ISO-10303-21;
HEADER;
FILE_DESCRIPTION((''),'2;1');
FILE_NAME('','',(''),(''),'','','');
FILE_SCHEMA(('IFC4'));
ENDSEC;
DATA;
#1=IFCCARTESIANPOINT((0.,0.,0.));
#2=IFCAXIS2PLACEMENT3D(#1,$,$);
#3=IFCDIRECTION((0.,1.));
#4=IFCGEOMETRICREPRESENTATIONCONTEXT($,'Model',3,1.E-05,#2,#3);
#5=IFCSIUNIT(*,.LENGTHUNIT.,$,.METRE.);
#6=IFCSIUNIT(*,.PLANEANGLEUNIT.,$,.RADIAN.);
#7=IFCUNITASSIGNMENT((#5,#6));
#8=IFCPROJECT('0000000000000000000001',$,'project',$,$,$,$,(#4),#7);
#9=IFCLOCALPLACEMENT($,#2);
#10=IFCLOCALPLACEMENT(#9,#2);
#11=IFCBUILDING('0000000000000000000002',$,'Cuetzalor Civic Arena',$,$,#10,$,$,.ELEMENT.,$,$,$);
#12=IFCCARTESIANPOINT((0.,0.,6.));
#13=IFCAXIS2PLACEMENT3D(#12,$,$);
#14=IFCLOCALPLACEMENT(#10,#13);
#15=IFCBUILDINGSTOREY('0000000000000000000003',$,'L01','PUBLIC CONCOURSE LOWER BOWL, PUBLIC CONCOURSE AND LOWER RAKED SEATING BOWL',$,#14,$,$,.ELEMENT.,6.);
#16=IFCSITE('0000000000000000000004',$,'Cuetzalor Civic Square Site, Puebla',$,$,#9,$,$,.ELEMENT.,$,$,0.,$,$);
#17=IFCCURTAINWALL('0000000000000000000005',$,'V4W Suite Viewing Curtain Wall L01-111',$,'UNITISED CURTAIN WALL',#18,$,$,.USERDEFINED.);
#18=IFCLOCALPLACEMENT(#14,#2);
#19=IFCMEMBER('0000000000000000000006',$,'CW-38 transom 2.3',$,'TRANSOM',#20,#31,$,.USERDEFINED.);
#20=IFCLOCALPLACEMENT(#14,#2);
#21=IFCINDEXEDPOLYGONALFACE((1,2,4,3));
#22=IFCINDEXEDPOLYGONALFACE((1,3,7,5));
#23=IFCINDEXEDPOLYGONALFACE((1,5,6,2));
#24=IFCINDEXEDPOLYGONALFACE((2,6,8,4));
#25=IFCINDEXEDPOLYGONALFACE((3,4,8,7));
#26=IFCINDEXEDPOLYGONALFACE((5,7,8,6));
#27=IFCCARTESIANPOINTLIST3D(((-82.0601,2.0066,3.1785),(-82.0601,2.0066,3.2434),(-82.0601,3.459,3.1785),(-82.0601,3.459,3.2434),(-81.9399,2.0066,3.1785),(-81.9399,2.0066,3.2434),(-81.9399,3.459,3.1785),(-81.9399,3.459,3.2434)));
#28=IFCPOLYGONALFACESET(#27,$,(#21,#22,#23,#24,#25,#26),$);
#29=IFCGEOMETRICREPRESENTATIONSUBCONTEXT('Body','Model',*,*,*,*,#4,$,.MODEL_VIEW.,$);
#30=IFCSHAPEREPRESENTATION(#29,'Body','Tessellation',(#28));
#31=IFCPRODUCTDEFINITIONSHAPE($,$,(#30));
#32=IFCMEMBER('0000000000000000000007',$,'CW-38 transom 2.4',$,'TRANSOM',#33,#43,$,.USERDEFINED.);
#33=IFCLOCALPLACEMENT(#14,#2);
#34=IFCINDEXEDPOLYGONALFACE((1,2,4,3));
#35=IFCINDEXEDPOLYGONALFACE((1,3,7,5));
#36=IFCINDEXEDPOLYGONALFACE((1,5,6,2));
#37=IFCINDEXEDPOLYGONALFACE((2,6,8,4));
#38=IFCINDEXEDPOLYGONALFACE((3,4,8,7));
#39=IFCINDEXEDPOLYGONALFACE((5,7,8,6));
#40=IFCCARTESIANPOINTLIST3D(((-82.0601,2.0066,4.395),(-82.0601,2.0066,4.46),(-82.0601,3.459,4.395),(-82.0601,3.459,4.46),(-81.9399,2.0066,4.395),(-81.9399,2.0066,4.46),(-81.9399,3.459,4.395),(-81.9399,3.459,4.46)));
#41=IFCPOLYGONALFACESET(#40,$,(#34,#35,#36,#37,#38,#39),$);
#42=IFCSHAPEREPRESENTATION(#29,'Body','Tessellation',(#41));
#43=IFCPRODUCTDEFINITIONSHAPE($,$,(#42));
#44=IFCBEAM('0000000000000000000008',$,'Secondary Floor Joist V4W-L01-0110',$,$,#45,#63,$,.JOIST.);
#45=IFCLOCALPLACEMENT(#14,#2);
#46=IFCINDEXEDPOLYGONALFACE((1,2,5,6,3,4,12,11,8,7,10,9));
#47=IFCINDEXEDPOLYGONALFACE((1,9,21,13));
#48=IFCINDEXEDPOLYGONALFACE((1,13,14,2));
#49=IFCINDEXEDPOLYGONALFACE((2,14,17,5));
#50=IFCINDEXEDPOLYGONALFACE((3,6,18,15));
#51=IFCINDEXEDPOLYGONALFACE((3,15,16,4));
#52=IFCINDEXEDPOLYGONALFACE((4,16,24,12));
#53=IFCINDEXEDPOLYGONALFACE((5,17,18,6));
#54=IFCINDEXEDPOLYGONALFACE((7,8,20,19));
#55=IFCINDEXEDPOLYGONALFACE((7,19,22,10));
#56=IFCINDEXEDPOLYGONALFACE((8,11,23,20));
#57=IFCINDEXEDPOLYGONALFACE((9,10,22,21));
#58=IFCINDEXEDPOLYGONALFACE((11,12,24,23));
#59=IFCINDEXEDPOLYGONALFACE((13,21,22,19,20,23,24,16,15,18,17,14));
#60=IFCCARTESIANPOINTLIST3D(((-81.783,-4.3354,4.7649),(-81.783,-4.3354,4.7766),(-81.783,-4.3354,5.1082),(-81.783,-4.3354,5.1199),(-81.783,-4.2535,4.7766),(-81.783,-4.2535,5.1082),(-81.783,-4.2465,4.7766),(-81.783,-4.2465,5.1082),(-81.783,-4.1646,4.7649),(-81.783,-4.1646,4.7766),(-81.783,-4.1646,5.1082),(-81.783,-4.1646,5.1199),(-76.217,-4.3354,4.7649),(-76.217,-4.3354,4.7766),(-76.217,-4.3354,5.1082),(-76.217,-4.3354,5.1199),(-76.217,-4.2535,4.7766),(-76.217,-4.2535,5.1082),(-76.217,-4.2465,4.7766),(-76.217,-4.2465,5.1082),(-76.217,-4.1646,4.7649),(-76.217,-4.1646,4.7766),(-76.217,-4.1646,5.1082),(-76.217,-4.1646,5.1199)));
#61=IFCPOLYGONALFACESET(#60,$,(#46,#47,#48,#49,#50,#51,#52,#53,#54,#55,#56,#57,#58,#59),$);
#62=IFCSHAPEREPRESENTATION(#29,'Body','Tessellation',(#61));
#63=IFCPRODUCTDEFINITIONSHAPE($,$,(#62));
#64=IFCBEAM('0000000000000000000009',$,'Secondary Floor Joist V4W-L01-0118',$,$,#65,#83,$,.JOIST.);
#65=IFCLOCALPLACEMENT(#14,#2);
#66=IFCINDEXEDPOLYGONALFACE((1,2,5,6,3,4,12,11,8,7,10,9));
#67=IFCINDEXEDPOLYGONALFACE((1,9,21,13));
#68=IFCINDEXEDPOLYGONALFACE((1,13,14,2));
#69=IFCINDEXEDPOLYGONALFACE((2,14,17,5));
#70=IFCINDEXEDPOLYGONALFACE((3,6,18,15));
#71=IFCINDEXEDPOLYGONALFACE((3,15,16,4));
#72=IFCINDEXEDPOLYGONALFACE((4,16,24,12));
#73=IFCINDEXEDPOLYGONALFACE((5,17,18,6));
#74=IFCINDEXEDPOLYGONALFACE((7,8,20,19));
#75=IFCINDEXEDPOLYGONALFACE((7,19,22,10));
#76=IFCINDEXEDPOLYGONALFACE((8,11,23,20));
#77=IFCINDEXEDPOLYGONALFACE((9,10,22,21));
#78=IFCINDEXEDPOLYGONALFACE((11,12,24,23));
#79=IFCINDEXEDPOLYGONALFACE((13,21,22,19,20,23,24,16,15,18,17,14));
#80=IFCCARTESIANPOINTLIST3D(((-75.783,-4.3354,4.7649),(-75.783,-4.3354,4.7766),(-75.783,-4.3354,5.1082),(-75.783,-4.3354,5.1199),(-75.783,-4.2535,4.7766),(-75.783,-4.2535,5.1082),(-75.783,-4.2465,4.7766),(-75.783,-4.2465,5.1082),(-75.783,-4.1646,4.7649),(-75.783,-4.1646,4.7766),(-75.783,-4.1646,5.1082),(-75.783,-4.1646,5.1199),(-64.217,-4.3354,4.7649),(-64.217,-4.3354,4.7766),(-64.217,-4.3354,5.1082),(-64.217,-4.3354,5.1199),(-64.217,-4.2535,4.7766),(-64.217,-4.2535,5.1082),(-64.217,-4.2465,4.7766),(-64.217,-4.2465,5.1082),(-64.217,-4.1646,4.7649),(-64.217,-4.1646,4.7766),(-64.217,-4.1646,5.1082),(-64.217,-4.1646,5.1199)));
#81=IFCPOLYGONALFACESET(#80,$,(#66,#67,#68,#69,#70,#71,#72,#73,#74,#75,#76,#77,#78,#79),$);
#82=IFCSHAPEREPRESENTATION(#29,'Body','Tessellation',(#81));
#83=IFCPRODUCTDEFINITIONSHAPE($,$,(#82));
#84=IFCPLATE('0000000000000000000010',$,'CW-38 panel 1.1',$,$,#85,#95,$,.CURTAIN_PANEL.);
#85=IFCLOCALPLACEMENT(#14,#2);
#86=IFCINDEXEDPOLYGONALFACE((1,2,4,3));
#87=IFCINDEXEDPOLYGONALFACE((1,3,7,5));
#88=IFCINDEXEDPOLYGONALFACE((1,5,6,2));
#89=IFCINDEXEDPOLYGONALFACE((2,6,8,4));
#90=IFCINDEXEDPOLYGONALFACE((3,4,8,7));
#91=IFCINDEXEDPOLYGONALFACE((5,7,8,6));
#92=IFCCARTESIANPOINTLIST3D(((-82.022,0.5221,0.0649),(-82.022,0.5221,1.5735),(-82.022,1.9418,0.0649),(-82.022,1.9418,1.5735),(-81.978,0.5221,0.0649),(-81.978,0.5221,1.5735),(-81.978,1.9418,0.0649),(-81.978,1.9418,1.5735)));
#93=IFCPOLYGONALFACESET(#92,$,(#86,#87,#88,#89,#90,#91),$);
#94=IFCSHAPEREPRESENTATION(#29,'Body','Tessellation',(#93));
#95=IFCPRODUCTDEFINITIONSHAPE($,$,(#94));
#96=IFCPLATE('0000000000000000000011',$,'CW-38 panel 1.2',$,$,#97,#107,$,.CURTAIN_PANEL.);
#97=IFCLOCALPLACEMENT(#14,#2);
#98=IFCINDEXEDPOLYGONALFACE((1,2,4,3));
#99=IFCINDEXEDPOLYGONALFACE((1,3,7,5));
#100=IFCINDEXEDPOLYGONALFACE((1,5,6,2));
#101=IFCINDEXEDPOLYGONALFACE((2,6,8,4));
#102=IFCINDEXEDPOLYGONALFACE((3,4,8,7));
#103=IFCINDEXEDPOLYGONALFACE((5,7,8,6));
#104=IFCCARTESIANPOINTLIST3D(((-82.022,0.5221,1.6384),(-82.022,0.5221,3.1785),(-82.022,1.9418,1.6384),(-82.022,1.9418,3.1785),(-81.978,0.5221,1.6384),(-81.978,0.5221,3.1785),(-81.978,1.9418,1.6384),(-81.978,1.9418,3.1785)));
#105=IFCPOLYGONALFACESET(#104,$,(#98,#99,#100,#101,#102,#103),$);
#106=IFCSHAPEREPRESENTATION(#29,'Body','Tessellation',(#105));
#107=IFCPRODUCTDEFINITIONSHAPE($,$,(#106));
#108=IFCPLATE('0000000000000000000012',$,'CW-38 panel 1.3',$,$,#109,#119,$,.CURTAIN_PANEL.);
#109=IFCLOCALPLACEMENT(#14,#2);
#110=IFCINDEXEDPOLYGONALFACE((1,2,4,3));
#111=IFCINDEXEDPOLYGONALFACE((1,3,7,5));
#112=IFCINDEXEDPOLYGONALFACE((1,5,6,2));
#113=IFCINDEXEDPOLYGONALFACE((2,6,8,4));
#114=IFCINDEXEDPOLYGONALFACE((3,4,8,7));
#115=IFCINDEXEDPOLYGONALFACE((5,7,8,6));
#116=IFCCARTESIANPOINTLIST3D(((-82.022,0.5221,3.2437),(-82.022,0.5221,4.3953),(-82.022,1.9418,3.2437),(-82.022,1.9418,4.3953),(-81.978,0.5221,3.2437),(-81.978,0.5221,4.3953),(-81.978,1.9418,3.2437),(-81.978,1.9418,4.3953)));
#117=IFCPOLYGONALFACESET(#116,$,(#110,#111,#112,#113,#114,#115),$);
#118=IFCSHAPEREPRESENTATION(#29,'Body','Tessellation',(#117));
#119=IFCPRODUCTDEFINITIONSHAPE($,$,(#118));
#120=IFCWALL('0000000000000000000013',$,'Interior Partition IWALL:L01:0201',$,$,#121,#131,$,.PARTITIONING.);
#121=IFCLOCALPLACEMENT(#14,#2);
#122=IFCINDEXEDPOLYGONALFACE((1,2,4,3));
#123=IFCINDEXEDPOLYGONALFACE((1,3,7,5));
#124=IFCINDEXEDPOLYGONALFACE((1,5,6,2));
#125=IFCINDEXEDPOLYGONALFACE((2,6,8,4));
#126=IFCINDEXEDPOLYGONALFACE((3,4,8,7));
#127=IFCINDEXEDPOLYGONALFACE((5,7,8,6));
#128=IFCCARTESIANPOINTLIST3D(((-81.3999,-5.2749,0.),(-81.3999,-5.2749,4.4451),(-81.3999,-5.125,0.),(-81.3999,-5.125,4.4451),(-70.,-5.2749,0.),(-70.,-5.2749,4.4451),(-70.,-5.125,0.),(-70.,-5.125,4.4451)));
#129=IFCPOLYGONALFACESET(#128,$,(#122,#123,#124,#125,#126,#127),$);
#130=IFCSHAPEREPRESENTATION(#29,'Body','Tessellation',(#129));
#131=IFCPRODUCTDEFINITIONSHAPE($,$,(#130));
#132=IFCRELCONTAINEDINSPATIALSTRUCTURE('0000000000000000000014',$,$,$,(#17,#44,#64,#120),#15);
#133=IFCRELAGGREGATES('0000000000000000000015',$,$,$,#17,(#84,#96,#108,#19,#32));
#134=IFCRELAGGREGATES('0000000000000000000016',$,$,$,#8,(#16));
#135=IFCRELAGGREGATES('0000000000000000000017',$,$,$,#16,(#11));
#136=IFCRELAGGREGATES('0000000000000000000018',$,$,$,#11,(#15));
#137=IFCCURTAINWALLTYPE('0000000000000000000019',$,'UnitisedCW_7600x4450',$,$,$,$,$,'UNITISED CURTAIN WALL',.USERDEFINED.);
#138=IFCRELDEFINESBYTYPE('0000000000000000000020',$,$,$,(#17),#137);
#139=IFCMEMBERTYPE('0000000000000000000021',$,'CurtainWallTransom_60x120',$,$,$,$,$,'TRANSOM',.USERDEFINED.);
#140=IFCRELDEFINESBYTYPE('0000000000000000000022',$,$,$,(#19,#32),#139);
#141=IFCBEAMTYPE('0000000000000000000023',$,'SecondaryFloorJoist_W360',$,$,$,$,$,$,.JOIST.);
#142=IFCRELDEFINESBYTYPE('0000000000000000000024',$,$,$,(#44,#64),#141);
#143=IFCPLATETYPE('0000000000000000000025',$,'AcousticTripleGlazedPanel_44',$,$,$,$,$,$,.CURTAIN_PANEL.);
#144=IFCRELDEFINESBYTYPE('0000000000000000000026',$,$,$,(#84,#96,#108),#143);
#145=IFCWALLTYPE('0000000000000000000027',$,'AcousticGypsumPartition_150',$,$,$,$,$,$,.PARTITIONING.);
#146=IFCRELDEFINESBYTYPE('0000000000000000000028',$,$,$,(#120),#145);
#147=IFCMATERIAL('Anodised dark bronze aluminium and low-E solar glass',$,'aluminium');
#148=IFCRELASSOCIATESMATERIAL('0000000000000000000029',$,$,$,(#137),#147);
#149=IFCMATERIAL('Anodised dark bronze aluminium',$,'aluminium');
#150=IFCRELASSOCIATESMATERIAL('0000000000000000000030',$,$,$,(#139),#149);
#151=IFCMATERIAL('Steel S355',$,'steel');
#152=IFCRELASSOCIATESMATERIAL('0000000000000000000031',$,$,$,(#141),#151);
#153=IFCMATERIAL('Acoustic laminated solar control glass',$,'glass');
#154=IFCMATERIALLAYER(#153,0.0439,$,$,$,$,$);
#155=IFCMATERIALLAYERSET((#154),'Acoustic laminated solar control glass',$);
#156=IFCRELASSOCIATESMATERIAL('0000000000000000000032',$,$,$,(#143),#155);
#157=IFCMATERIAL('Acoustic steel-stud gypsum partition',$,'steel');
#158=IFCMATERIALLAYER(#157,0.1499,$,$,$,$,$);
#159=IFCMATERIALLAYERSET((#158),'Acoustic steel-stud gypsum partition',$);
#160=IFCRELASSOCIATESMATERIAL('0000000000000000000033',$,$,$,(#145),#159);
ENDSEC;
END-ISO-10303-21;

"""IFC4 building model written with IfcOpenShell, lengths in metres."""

from ifc_helpers import new_model, si_unit, direction, frame, frame_2d, origin, origin_2d, place, context, subcontext, project, spatial, rectangle, i_section, extrude, material, layer, layer_set, material_profile, profile_set, type_object, element, aggregate, save


model = new_model("IFC4")

# Units and contexts
model_context = context("Model", 3, precision=1e-05, world=origin(), true_north=direction((0.0, 1.0)))
body_context = subcontext(model_context, "Body", "Model", "MODEL_VIEW")
ifc_project = project(units=[si_unit("LENGTHUNIT", "METRE"), si_unit("PLANEANGLEUNIT", "RADIAN")], contexts=[model_context])

# Site, building, storey
site_placement = place(None, origin())
site = spatial("IfcSite", under=ifc_project, at=site_placement, Name="Cuetzalor Civic Square Site, Puebla", CompositionType="ELEMENT", RefElevation=0.0)
building_placement = place(site_placement, origin())
building = spatial("IfcBuilding", under=site, at=building_placement, Name="Cuetzalor Civic Arena", CompositionType="ELEMENT")
storey_placement = place(building_placement, frame((0.0, 0.0, 6.0)))
storey = spatial("IfcBuildingStorey", under=building, at=storey_placement, Name="L01", Description="PUBLIC CONCOURSE LOWER BOWL, PUBLIC CONCOURSE AND LOWER RAKED SEATING BOWL", CompositionType="ELEMENT", Elevation=6.0)

# Curtain wall, members
ifc_material_1 = material(Name="Anodised dark bronze aluminium and low-E solar glass", Category="aluminium")
curtain_wall_type = type_object("IfcCurtainWallType", Name="UnitisedCW_7600x4450", ElementType="UNITISED CURTAIN WALL", PredefinedType="USERDEFINED", material=ifc_material_1)
curtain_wall_placement = place(storey_placement, origin())
curtain_wall = element("IfcCurtainWall", 1, at=curtain_wall_placement, inside=storey, type_object=curtain_wall_type, Name="V4W Suite Viewing Curtain Wall L01-111", ObjectType="UNITISED CURTAIN WALL", PredefinedType="USERDEFINED")
ifc_material_2 = material(Name="Anodised dark bronze aluminium", Category="aluminium")
ifc_material_profile_1 = material_profile(ifc_material_2, rectangle(XDim=0.1201, YDim=0.0649, at=origin_2d()), Name="ALU TRANSOM 65x120")
ifc_profile_set_1 = profile_set([ifc_material_profile_1], Name="Anodised dark bronze aluminium")
member_type_1 = type_object("IfcMemberType", Name="CurtainWallTransom_60x120", ElementType="TRANSOM", PredefinedType="USERDEFINED", material=ifc_profile_set_1)
member_1_placement = place(storey_placement, frame((-82.0, 2.0066, 3.2109), z_axis=(0.0, 1.0, 0.0), x_axis=(-1.0, 0.0, 0.0)))
member_1 = element("IfcMember", 2, at=member_1_placement, type_object=member_type_1, Name="CW-38 transom 2.3", ObjectType="TRANSOM", PredefinedType="USERDEFINED", context=body_context, shape_type="SweptSolid", body=[
    extrude(rectangle(XDim=0.1201, YDim=0.0649, at=origin_2d()), origin(), (0.0, 0.0, 1.0), 1.4524),
])
member_2_placement = place(storey_placement, frame((-82.0, 2.0066, 4.4275), z_axis=(0.0, 1.0, 0.0), x_axis=(-1.0, 0.0, 0.0)))
member_2 = element("IfcMember", 3, at=member_2_placement, type_object=member_type_1, Name="CW-38 transom 2.4", ObjectType="TRANSOM", PredefinedType="USERDEFINED", context=body_context, shape_type="SweptSolid", body=[
    extrude(rectangle(XDim=0.1201, YDim=0.0649, at=origin_2d()), origin(), (0.0, 0.0, 1.0), 1.4524),
])

# Beams
ifc_material_3 = material(Name="Steel S355", Category="steel")
ifc_material_profile_2 = material_profile(ifc_material_3, i_section(OverallWidth=0.1709, OverallDepth=0.355, WebThickness=0.0071, FlangeThickness=0.0117, at=origin_2d()), Name="W360x51")
ifc_profile_set_2 = profile_set([ifc_material_profile_2], Name="Steel S355")
beam_type_1 = type_object("IfcBeamType", Name="SecondaryFloorJoist_W360", PredefinedType="JOIST", material=ifc_profile_set_2)
beam_1_placement = place(storey_placement, frame((-81.783, -4.25, 4.9424), z_axis=(1.0, 0.0, 0.0), x_axis=(0.0, 1.0, 0.0)))
element("IfcBeam", 4, at=beam_1_placement, inside=storey, type_object=beam_type_1, Name="Secondary Floor Joist V4W-L01-0110", PredefinedType="JOIST", context=body_context, shape_type="SweptSolid", body=[
    extrude(i_section(OverallWidth=0.1709, OverallDepth=0.355, WebThickness=0.0071, FlangeThickness=0.0117, at=origin_2d()), origin(), (0.0, 0.0, 1.0), 5.5659),
])
beam_2_placement = place(storey_placement, frame((-75.783, -4.25, 4.9424), z_axis=(1.0, 0.0, 0.0), x_axis=(0.0, 1.0, 0.0)))
element("IfcBeam", 5, at=beam_2_placement, inside=storey, type_object=beam_type_1, Name="Secondary Floor Joist V4W-L01-0118", PredefinedType="JOIST", context=body_context, shape_type="SweptSolid", body=[
    extrude(i_section(OverallWidth=0.1709, OverallDepth=0.355, WebThickness=0.0071, FlangeThickness=0.0117, at=origin_2d()), origin(), (0.0, 0.0, 1.0), 11.5659),
])

# Plates
ifc_material_4 = material(Name="Acoustic laminated solar control glass", Category="glass")
ifc_layer_1 = layer(ifc_material_4, 0.0439)
ifc_layer_set_1 = layer_set([ifc_layer_1], Name="Acoustic laminated solar control glass")
plate_type = type_object("IfcPlateType", Name="AcousticTripleGlazedPanel_44", PredefinedType="CURTAIN_PANEL", material=ifc_layer_set_1)
plate_1_placement = place(storey_placement, frame((-82.0, 1.2319, 0.0649), z_axis=(0.0, 0.0, 1.0), x_axis=(0.0, 1.0, 0.0)))
plate_1 = element("IfcPlate", 6, at=plate_1_placement, type_object=plate_type, Name="CW-38 panel 1.1", PredefinedType="CURTAIN_PANEL", context=body_context, shape_type="SweptSolid", body=[
    extrude(rectangle(XDim=1.4197, YDim=0.0439, at=origin_2d()), origin(), (0.0, 0.0, 1.0), 1.5085),
])
plate_2_placement = place(storey_placement, frame((-82.0, 1.2319, 1.6384), z_axis=(0.0, 0.0, 1.0), x_axis=(0.0, 1.0, 0.0)))
plate_2 = element("IfcPlate", 7, at=plate_2_placement, type_object=plate_type, Name="CW-38 panel 1.2", PredefinedType="CURTAIN_PANEL", context=body_context, shape_type="SweptSolid", body=[
    extrude(rectangle(XDim=1.4197, YDim=0.0439, at=origin_2d()), origin(), (0.0, 0.0, 1.0), 1.54),
])
plate_3_placement = place(storey_placement, frame((-82.0, 1.2319, 3.2437), z_axis=(0.0, 0.0, 1.0), x_axis=(0.0, 1.0, 0.0)))
plate_3 = element("IfcPlate", 8, at=plate_3_placement, type_object=plate_type, Name="CW-38 panel 1.3", PredefinedType="CURTAIN_PANEL", context=body_context, shape_type="SweptSolid", body=[
    extrude(rectangle(XDim=1.4197, YDim=0.0439, at=origin_2d()), origin(), (0.0, 0.0, 1.0), 1.1516),
])
aggregate(curtain_wall, [plate_1, plate_2, plate_3, member_1, member_2])

# Wall
ifc_material_5 = material(Name="Acoustic steel-stud gypsum partition", Category="steel")
ifc_layer_2 = layer(ifc_material_5, 0.1499)
ifc_layer_set_2 = layer_set([ifc_layer_2], Name="Acoustic steel-stud gypsum partition")
wall_type = type_object("IfcWallType", Name="AcousticGypsumPartition_150", PredefinedType="PARTITIONING", material=ifc_layer_set_2)
wall_placement = place(storey_placement, frame((-81.3999, -5.2, 0.0), z_axis=(0.0, 0.0, 1.0), x_axis=(1.0, 0.0, 0.0)))
element("IfcWall", 9, at=wall_placement, inside=storey, type_object=wall_type, Name="Interior Partition IWALL:L01:0201", PredefinedType="PARTITIONING", context=body_context, shape_type="SweptSolid", body=[
    extrude(rectangle(XDim=11.3999, YDim=0.1499, at=frame_2d((5.7, 0.0))), origin(), (0.0, 0.0, 1.0), 4.4451),
])

save(model, "model.ifc")
